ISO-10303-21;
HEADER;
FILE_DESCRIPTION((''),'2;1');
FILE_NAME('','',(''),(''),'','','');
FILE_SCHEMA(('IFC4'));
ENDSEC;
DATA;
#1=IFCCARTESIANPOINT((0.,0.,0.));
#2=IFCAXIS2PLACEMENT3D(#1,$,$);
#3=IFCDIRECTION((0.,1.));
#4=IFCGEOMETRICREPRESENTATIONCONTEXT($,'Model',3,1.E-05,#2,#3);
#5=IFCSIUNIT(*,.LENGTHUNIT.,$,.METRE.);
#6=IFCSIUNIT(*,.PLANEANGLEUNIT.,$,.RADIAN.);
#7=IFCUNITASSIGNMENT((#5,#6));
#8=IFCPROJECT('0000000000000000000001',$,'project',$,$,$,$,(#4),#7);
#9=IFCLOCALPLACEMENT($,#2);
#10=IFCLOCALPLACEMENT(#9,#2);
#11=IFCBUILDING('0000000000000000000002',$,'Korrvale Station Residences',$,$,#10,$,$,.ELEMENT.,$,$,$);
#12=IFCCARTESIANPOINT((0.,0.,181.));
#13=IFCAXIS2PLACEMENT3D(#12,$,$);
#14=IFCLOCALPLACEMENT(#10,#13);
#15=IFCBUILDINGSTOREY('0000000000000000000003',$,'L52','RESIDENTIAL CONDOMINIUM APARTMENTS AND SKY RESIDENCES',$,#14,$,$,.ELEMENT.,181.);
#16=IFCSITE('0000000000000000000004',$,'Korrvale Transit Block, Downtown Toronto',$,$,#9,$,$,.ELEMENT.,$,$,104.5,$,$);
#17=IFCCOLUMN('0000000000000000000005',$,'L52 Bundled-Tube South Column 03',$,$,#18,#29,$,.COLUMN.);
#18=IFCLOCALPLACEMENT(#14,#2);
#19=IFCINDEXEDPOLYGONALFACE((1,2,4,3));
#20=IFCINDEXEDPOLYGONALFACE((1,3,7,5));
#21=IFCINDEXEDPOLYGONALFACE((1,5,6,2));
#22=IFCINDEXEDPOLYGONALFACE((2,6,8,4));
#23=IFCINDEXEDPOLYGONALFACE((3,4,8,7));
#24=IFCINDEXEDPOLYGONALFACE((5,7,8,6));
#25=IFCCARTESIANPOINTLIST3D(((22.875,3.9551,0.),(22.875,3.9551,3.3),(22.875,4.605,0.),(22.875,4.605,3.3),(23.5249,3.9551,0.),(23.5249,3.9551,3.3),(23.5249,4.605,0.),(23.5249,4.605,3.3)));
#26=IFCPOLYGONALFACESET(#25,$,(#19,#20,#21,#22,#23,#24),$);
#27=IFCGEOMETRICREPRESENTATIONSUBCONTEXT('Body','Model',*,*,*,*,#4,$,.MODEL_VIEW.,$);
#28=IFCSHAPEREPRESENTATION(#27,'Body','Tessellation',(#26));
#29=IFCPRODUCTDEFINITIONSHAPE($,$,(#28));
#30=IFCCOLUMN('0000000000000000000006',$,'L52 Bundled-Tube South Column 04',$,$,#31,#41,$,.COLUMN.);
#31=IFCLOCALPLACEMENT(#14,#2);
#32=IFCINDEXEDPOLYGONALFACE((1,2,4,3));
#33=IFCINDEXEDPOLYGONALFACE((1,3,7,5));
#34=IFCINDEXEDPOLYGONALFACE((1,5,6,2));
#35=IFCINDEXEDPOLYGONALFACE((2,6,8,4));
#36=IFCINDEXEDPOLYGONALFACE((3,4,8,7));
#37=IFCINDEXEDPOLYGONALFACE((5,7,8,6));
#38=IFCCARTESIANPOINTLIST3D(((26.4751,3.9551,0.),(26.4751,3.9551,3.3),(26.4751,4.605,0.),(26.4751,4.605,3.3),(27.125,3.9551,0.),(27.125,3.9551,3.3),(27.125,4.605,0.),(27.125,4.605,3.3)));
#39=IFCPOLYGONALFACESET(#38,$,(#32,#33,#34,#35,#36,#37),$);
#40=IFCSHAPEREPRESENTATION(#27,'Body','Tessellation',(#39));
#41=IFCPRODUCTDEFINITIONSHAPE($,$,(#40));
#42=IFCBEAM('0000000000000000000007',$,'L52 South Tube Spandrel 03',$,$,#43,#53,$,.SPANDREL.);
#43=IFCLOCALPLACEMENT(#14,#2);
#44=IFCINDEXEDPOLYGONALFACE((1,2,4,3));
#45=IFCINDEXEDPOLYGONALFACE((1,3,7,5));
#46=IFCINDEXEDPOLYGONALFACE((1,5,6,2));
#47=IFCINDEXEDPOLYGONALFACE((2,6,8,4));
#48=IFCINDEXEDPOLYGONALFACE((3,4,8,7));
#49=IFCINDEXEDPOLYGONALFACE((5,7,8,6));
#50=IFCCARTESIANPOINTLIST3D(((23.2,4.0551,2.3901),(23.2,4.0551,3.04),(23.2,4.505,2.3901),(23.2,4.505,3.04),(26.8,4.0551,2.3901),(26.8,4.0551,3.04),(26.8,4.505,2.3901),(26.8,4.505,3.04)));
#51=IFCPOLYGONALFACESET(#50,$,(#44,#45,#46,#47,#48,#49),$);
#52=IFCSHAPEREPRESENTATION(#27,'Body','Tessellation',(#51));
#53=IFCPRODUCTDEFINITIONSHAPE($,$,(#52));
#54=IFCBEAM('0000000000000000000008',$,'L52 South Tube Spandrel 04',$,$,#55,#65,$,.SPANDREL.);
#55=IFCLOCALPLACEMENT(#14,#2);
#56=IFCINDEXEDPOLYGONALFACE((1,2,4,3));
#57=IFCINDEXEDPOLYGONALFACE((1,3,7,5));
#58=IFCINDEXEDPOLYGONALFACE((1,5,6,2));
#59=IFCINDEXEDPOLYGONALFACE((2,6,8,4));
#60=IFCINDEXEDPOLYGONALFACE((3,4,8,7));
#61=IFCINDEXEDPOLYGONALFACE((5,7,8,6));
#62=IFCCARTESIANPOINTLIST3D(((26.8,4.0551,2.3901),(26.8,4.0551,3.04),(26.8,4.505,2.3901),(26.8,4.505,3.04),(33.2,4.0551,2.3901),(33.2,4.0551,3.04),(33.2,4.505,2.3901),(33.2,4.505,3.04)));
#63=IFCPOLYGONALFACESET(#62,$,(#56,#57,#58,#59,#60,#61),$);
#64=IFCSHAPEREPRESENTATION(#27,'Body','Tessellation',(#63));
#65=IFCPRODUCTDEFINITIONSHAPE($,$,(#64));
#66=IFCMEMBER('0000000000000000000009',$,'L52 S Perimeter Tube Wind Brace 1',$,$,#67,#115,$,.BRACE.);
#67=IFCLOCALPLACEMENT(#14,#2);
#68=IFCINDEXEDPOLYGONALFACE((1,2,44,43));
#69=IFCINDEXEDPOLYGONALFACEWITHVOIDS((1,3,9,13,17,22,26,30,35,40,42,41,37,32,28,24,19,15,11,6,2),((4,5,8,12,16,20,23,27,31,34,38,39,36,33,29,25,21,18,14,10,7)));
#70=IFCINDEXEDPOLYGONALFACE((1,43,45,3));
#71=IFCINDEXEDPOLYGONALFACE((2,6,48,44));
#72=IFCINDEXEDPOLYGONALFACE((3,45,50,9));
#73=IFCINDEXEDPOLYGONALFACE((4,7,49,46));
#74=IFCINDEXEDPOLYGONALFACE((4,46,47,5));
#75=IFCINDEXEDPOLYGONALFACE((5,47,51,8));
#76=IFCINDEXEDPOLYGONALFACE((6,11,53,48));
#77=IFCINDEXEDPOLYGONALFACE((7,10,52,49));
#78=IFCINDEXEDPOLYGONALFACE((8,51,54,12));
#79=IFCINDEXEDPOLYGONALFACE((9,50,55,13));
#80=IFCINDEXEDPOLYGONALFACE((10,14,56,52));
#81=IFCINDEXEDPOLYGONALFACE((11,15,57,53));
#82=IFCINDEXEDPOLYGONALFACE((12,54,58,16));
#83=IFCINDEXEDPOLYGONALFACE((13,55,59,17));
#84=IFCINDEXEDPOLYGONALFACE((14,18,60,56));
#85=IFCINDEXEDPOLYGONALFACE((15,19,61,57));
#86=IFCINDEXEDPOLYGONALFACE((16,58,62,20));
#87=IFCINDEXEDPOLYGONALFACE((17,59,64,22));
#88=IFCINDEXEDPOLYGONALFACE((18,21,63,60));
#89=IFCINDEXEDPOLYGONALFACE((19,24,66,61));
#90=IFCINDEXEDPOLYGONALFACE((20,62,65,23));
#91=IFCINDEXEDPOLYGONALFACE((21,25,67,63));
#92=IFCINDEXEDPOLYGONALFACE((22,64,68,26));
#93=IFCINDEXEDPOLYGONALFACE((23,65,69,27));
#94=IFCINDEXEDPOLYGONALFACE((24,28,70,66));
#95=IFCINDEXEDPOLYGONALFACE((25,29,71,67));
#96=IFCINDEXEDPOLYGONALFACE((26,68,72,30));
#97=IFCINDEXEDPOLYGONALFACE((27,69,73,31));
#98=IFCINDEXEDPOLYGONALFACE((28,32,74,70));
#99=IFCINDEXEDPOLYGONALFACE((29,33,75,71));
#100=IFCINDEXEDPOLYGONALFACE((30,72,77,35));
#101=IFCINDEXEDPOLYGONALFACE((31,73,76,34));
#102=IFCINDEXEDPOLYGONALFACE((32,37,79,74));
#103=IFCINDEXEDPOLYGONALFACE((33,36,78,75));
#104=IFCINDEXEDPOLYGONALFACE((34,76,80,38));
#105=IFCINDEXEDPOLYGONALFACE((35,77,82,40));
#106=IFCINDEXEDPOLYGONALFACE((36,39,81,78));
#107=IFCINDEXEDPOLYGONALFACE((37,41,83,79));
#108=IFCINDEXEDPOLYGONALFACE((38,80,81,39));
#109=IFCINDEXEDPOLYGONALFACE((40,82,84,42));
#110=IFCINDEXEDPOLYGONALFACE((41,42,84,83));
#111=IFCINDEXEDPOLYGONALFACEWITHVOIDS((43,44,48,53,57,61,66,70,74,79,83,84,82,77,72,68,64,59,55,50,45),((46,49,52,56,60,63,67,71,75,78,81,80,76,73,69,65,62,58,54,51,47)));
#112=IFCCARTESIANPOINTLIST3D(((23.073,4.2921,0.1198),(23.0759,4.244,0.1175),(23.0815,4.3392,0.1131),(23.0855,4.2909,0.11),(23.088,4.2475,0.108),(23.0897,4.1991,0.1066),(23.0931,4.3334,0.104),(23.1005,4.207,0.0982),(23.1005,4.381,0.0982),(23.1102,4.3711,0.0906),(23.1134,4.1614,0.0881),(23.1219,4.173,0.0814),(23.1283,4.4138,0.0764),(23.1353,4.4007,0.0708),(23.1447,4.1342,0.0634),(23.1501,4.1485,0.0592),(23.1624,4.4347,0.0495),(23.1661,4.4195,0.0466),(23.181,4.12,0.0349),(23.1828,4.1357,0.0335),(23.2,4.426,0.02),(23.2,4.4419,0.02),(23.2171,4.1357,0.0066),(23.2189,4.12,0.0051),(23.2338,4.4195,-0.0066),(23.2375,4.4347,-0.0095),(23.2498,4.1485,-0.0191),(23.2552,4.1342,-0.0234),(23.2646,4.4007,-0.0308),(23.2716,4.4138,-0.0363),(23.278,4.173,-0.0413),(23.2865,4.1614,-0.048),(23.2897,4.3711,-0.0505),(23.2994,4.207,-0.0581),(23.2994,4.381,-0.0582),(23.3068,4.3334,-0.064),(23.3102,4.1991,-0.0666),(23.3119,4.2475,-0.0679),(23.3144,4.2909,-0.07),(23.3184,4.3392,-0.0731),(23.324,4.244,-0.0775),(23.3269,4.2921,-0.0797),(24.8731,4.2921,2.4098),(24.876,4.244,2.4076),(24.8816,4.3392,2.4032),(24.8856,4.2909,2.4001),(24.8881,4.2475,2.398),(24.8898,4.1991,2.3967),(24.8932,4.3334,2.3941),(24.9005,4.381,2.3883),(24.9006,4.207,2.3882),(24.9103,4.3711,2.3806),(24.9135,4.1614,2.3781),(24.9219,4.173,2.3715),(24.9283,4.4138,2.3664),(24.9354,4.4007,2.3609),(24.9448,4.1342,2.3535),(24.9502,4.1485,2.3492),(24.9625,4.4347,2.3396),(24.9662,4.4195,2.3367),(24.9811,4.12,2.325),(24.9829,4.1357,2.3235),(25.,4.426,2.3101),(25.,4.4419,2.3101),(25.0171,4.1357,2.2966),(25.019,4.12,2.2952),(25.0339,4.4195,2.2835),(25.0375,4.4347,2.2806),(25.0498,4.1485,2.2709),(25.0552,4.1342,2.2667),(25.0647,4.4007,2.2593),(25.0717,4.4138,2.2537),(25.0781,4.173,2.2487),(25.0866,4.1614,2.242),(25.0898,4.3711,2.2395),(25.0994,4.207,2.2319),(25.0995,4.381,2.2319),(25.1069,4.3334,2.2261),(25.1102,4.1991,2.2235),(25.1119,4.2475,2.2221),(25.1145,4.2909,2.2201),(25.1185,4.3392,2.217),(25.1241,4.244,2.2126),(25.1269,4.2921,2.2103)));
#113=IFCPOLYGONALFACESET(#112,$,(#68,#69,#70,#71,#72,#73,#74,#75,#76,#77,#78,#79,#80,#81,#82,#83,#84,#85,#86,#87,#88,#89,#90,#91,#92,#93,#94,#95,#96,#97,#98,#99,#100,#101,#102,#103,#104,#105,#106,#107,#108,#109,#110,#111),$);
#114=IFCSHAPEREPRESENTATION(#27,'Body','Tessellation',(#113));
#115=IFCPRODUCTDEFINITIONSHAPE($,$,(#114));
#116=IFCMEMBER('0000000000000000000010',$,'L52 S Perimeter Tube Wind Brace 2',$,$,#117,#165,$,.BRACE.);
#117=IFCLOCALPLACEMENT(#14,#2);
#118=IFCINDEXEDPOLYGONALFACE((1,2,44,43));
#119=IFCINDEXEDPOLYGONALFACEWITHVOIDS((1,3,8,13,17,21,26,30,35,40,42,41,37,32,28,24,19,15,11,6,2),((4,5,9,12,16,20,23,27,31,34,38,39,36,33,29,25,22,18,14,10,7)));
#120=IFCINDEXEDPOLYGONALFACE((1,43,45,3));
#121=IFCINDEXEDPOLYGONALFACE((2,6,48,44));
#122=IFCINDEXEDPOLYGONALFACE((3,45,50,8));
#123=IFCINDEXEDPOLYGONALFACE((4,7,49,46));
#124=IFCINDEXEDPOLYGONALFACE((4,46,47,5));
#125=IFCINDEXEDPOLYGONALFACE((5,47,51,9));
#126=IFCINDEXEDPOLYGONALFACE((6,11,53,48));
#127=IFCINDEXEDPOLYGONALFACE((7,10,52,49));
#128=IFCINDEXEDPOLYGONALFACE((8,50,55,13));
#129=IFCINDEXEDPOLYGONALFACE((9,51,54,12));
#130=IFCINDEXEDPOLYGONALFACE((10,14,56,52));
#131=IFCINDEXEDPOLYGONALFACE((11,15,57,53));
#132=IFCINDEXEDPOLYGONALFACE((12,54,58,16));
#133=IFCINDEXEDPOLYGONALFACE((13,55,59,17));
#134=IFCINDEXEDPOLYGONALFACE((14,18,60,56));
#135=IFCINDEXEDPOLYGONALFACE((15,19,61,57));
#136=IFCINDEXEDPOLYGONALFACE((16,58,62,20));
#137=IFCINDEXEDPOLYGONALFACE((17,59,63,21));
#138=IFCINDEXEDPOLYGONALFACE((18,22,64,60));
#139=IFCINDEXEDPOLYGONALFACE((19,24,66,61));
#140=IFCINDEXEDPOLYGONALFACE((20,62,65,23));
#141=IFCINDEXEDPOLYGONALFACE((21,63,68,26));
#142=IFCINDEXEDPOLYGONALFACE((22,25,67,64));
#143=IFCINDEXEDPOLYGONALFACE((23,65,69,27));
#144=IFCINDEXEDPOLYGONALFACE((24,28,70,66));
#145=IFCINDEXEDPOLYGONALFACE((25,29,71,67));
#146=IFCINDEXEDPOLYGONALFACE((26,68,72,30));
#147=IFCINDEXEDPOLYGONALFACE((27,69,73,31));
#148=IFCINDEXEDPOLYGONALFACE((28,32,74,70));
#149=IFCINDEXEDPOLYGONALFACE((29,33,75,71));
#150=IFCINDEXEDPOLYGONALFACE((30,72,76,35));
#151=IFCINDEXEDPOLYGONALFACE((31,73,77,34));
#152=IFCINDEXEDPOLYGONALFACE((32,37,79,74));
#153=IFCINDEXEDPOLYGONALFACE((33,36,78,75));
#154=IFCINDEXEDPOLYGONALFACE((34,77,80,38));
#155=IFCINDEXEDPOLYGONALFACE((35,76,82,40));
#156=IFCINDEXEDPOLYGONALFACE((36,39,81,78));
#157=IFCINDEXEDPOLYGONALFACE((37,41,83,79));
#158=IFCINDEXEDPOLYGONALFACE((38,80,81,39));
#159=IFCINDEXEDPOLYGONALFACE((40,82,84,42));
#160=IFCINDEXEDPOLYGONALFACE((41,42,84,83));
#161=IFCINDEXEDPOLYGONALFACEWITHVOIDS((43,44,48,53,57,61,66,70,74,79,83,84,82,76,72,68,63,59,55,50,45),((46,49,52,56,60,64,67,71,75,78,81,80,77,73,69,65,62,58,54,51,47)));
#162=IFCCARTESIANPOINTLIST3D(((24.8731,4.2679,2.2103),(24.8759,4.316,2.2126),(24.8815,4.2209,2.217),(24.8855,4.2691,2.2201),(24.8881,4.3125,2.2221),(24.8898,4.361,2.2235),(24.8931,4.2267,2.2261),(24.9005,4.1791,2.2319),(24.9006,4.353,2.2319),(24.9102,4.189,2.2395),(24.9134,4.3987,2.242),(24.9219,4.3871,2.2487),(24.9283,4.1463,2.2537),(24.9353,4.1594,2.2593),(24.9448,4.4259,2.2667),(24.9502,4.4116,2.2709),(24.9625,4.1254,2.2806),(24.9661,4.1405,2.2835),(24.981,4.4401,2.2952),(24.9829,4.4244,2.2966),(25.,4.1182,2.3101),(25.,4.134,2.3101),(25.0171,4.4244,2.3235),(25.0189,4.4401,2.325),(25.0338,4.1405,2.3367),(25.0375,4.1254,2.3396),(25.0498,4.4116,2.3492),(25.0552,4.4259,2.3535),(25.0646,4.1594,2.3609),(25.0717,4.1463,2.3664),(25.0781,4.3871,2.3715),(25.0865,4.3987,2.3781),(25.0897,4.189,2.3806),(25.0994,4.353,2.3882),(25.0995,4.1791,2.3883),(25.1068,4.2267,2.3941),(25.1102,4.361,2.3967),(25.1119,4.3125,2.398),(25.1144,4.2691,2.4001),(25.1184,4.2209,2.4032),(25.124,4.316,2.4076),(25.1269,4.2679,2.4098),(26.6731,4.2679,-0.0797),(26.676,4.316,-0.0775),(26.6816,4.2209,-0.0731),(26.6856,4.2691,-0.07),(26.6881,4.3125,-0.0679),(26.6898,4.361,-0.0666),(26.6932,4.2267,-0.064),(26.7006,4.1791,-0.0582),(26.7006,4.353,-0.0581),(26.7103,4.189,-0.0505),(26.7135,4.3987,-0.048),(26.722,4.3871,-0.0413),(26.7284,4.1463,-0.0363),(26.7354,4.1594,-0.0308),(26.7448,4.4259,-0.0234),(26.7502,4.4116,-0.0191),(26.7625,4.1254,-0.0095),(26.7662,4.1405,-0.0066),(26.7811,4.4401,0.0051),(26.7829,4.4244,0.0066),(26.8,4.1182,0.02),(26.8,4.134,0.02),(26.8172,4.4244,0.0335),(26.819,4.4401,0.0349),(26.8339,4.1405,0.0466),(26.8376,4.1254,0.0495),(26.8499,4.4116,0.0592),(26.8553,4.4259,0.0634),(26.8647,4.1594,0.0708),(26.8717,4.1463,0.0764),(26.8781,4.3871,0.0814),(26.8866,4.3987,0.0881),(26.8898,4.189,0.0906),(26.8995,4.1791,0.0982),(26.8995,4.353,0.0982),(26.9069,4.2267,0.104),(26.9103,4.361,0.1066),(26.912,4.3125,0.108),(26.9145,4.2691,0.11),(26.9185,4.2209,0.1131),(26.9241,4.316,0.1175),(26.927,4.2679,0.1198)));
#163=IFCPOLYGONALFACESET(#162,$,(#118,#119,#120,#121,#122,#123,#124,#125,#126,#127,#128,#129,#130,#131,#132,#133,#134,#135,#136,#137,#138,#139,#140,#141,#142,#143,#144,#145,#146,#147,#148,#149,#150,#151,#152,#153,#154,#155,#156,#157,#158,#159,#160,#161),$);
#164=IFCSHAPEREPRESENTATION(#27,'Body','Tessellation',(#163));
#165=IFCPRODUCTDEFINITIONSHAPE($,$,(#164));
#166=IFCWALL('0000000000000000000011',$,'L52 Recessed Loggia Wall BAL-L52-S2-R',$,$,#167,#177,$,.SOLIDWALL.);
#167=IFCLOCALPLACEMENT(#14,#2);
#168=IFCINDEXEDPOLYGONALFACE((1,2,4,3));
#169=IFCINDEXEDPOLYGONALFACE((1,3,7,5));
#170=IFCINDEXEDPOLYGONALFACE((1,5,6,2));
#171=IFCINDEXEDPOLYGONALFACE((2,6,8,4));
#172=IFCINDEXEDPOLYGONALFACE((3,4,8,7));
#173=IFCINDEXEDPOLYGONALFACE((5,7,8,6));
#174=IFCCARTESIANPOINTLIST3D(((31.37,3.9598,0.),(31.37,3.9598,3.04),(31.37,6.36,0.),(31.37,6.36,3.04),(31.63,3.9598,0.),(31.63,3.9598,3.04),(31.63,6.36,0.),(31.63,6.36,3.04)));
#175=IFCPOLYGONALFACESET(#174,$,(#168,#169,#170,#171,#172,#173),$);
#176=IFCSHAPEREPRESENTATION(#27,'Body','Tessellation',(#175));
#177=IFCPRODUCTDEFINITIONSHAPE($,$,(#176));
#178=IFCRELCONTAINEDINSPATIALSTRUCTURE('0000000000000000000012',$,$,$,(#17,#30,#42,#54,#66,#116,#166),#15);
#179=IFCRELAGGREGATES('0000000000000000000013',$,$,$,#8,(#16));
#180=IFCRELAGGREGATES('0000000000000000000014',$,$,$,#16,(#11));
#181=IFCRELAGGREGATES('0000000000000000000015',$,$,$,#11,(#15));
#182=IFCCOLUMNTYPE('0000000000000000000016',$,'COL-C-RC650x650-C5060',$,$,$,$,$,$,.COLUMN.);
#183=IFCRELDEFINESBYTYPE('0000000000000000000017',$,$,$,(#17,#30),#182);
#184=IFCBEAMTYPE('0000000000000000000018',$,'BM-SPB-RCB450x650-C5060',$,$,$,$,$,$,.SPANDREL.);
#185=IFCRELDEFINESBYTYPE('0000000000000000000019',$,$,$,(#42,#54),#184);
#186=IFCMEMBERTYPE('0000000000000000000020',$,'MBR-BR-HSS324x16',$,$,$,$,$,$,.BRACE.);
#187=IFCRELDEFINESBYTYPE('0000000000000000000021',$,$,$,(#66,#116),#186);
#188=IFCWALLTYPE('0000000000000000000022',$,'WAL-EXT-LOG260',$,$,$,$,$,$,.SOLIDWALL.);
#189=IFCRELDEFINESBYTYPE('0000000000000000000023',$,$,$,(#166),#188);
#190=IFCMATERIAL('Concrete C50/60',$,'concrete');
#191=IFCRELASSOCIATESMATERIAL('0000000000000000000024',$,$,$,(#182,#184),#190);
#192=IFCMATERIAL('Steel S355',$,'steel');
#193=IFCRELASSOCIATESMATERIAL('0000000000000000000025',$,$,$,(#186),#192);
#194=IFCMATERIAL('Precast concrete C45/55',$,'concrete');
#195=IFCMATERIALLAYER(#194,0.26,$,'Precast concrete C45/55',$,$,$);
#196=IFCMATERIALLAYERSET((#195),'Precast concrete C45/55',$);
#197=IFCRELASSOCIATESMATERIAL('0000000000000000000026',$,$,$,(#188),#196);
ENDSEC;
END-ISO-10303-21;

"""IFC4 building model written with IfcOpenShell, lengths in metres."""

from ifc_helpers import new_model, si_unit, direction, frame, frame_2d, origin, origin_2d, place, context, subcontext, project, spatial, rectangle, hollow_circle, extrude, material, layer, layer_set, material_profile, profile_set, type_object, element, save


model = new_model("IFC4")

# Units and contexts
model_context = context("Model", 3, precision=1e-05, world=origin(), true_north=direction((0.0, 1.0)))
body_context = subcontext(model_context, "Body", "Model", "MODEL_VIEW")
ifc_project = project(units=[si_unit("LENGTHUNIT", "METRE"), si_unit("PLANEANGLEUNIT", "RADIAN")], contexts=[model_context])

# Site, building, storey
site_placement = place(None, origin())
site = spatial("IfcSite", under=ifc_project, at=site_placement, Name="Korrvale Transit Block, Downtown Toronto", CompositionType="ELEMENT", RefElevation=104.5)
building_placement = place(site_placement, origin())
building = spatial("IfcBuilding", under=site, at=building_placement, Name="Korrvale Station Residences", CompositionType="ELEMENT")
storey_placement = place(building_placement, frame((0.0, 0.0, 181.0)))
storey = spatial("IfcBuildingStorey", under=building, at=storey_placement, Name="L52", Description="RESIDENTIAL CONDOMINIUM APARTMENTS AND SKY RESIDENCES", CompositionType="ELEMENT", Elevation=181.0)

# Columns
ifc_material_1 = material(Name="Concrete C50/60", Category="concrete")
ifc_material_profile_1 = material_profile(ifc_material_1, rectangle(XDim=0.6499, YDim=0.6499, at=origin_2d()), Name="RC650x650")
ifc_profile_set_1 = profile_set([ifc_material_profile_1], Name="Concrete C50/60")
column_type = type_object("IfcColumnType", Name="COL-C-RC650x650-C5060", PredefinedType="COLUMN", material=ifc_profile_set_1)
for number, where, z_axis, x_axis, name in (
    (1, (23.2, 4.28, 0.0), (0.0, 0.0, 1.0), (1.0, 0.0, 0.0), "L52 Bundled-Tube South Column 03"),
    (2, (26.8, 4.28, 0.0), (0.0, 0.0, 1.0), (1.0, 0.0, 0.0), "L52 Bundled-Tube South Column 04"),
):
    element("IfcColumn", number, at=place(storey_placement, frame(where, z_axis=z_axis, x_axis=x_axis)), inside=storey, type_object=column_type, Name=name, PredefinedType="COLUMN", context=body_context, shape_type="SweptSolid", body=[
        extrude(rectangle(XDim=0.6499, YDim=0.6499, at=origin_2d()), origin(), (0.0, 0.0, 1.0), 3.3),
    ])

# Beams
ifc_material_profile_2 = material_profile(ifc_material_1, rectangle(XDim=0.45, YDim=0.6499, at=origin_2d()), Name="RCB450x650")
ifc_profile_set_2 = profile_set([ifc_material_profile_2], Name="Concrete C50/60")
beam_type = type_object("IfcBeamType", Name="BM-SPB-RCB450x650-C5060", PredefinedType="SPANDREL", material=ifc_profile_set_2)
beam_1_placement = place(storey_placement, frame((23.2, 4.28, 2.7151), z_axis=(1.0, 0.0, 0.0), x_axis=(0.0, 1.0, 0.0)))
element("IfcBeam", 3, at=beam_1_placement, inside=storey, type_object=beam_type, Name="L52 South Tube Spandrel 03", PredefinedType="SPANDREL", context=body_context, shape_type="SweptSolid", body=[
    extrude(rectangle(XDim=0.45, YDim=0.6499, at=origin_2d()), origin(), (0.0, 0.0, 1.0), 3.6001),
])
beam_2_placement = place(storey_placement, frame((26.8, 4.28, 2.7151), z_axis=(1.0, 0.0, 0.0), x_axis=(0.0, 1.0, 0.0)))
element("IfcBeam", 4, at=beam_2_placement, inside=storey, type_object=beam_type, Name="L52 South Tube Spandrel 04", PredefinedType="SPANDREL", context=body_context, shape_type="SweptSolid", body=[
    extrude(rectangle(XDim=0.45, YDim=0.6499, at=origin_2d()), origin(), (0.0, 0.0, 1.0), 6.3999),
])

# Members
ifc_material_2 = material(Name="Steel S355", Category="steel")
ifc_material_profile_3 = material_profile(ifc_material_2, hollow_circle(Radius=0.1619, WallThickness=0.0159, at=origin_2d()), Name="HSS324x16")
ifc_profile_set_3 = profile_set([ifc_material_profile_3], Name="Steel S355")
member_type = type_object("IfcMemberType", Name="MBR-BR-HSS324x16", PredefinedType="BRACE", material=ifc_profile_set_3)
for number, where, z_axis, x_axis, name in (
    (5, (23.2, 4.28, 0.02), (0.617977, 0.0, 0.786196), (0.0, 1.0, 0.0), "L52 S Perimeter Tube Wind Brace 1"),
    (6, (26.8, 4.28, 0.02), (-0.617977, 0.0, 0.786196), (0.0, -1.0, 0.0), "L52 S Perimeter Tube Wind Brace 2"),
):
    element("IfcMember", number, at=place(storey_placement, frame(where, z_axis=z_axis, x_axis=x_axis)), inside=storey, type_object=member_type, Name=name, PredefinedType="BRACE", context=body_context, shape_type="SweptSolid", body=[
        extrude(hollow_circle(Radius=0.1619, WallThickness=0.0159, at=origin_2d()), origin(), (0.0, 0.0, 1.0), 2.9128),
    ])

# Wall
ifc_material_3 = material(Name="Precast concrete C45/55", Category="concrete")
ifc_layer_1 = layer(ifc_material_3, 0.26, Name="Precast concrete C45/55")
ifc_layer_set_1 = layer_set([ifc_layer_1], Name="Precast concrete C45/55")
wall_type_1 = type_object("IfcWallType", Name="WAL-EXT-LOG260", PredefinedType="SOLIDWALL", material=ifc_layer_set_1)
wall_1_placement = place(storey_placement, frame((31.5, 6.3601, 0.0), z_axis=(0.0, 0.0, 1.0), x_axis=(0.0, -1.0, 0.0)))
element("IfcWall", 7, at=wall_1_placement, inside=storey, type_object=wall_type_1, Name="L52 Recessed Loggia Wall BAL-L52-S2-R", PredefinedType="SOLIDWALL", context=body_context, shape_type="SweptSolid", body=[
    extrude(rectangle(XDim=2.4001, YDim=0.26, at=frame_2d((1.2002, 0.0))), origin(), (0.0, 0.0, 1.0), 3.04),
])

save(model, "model.ifc")
